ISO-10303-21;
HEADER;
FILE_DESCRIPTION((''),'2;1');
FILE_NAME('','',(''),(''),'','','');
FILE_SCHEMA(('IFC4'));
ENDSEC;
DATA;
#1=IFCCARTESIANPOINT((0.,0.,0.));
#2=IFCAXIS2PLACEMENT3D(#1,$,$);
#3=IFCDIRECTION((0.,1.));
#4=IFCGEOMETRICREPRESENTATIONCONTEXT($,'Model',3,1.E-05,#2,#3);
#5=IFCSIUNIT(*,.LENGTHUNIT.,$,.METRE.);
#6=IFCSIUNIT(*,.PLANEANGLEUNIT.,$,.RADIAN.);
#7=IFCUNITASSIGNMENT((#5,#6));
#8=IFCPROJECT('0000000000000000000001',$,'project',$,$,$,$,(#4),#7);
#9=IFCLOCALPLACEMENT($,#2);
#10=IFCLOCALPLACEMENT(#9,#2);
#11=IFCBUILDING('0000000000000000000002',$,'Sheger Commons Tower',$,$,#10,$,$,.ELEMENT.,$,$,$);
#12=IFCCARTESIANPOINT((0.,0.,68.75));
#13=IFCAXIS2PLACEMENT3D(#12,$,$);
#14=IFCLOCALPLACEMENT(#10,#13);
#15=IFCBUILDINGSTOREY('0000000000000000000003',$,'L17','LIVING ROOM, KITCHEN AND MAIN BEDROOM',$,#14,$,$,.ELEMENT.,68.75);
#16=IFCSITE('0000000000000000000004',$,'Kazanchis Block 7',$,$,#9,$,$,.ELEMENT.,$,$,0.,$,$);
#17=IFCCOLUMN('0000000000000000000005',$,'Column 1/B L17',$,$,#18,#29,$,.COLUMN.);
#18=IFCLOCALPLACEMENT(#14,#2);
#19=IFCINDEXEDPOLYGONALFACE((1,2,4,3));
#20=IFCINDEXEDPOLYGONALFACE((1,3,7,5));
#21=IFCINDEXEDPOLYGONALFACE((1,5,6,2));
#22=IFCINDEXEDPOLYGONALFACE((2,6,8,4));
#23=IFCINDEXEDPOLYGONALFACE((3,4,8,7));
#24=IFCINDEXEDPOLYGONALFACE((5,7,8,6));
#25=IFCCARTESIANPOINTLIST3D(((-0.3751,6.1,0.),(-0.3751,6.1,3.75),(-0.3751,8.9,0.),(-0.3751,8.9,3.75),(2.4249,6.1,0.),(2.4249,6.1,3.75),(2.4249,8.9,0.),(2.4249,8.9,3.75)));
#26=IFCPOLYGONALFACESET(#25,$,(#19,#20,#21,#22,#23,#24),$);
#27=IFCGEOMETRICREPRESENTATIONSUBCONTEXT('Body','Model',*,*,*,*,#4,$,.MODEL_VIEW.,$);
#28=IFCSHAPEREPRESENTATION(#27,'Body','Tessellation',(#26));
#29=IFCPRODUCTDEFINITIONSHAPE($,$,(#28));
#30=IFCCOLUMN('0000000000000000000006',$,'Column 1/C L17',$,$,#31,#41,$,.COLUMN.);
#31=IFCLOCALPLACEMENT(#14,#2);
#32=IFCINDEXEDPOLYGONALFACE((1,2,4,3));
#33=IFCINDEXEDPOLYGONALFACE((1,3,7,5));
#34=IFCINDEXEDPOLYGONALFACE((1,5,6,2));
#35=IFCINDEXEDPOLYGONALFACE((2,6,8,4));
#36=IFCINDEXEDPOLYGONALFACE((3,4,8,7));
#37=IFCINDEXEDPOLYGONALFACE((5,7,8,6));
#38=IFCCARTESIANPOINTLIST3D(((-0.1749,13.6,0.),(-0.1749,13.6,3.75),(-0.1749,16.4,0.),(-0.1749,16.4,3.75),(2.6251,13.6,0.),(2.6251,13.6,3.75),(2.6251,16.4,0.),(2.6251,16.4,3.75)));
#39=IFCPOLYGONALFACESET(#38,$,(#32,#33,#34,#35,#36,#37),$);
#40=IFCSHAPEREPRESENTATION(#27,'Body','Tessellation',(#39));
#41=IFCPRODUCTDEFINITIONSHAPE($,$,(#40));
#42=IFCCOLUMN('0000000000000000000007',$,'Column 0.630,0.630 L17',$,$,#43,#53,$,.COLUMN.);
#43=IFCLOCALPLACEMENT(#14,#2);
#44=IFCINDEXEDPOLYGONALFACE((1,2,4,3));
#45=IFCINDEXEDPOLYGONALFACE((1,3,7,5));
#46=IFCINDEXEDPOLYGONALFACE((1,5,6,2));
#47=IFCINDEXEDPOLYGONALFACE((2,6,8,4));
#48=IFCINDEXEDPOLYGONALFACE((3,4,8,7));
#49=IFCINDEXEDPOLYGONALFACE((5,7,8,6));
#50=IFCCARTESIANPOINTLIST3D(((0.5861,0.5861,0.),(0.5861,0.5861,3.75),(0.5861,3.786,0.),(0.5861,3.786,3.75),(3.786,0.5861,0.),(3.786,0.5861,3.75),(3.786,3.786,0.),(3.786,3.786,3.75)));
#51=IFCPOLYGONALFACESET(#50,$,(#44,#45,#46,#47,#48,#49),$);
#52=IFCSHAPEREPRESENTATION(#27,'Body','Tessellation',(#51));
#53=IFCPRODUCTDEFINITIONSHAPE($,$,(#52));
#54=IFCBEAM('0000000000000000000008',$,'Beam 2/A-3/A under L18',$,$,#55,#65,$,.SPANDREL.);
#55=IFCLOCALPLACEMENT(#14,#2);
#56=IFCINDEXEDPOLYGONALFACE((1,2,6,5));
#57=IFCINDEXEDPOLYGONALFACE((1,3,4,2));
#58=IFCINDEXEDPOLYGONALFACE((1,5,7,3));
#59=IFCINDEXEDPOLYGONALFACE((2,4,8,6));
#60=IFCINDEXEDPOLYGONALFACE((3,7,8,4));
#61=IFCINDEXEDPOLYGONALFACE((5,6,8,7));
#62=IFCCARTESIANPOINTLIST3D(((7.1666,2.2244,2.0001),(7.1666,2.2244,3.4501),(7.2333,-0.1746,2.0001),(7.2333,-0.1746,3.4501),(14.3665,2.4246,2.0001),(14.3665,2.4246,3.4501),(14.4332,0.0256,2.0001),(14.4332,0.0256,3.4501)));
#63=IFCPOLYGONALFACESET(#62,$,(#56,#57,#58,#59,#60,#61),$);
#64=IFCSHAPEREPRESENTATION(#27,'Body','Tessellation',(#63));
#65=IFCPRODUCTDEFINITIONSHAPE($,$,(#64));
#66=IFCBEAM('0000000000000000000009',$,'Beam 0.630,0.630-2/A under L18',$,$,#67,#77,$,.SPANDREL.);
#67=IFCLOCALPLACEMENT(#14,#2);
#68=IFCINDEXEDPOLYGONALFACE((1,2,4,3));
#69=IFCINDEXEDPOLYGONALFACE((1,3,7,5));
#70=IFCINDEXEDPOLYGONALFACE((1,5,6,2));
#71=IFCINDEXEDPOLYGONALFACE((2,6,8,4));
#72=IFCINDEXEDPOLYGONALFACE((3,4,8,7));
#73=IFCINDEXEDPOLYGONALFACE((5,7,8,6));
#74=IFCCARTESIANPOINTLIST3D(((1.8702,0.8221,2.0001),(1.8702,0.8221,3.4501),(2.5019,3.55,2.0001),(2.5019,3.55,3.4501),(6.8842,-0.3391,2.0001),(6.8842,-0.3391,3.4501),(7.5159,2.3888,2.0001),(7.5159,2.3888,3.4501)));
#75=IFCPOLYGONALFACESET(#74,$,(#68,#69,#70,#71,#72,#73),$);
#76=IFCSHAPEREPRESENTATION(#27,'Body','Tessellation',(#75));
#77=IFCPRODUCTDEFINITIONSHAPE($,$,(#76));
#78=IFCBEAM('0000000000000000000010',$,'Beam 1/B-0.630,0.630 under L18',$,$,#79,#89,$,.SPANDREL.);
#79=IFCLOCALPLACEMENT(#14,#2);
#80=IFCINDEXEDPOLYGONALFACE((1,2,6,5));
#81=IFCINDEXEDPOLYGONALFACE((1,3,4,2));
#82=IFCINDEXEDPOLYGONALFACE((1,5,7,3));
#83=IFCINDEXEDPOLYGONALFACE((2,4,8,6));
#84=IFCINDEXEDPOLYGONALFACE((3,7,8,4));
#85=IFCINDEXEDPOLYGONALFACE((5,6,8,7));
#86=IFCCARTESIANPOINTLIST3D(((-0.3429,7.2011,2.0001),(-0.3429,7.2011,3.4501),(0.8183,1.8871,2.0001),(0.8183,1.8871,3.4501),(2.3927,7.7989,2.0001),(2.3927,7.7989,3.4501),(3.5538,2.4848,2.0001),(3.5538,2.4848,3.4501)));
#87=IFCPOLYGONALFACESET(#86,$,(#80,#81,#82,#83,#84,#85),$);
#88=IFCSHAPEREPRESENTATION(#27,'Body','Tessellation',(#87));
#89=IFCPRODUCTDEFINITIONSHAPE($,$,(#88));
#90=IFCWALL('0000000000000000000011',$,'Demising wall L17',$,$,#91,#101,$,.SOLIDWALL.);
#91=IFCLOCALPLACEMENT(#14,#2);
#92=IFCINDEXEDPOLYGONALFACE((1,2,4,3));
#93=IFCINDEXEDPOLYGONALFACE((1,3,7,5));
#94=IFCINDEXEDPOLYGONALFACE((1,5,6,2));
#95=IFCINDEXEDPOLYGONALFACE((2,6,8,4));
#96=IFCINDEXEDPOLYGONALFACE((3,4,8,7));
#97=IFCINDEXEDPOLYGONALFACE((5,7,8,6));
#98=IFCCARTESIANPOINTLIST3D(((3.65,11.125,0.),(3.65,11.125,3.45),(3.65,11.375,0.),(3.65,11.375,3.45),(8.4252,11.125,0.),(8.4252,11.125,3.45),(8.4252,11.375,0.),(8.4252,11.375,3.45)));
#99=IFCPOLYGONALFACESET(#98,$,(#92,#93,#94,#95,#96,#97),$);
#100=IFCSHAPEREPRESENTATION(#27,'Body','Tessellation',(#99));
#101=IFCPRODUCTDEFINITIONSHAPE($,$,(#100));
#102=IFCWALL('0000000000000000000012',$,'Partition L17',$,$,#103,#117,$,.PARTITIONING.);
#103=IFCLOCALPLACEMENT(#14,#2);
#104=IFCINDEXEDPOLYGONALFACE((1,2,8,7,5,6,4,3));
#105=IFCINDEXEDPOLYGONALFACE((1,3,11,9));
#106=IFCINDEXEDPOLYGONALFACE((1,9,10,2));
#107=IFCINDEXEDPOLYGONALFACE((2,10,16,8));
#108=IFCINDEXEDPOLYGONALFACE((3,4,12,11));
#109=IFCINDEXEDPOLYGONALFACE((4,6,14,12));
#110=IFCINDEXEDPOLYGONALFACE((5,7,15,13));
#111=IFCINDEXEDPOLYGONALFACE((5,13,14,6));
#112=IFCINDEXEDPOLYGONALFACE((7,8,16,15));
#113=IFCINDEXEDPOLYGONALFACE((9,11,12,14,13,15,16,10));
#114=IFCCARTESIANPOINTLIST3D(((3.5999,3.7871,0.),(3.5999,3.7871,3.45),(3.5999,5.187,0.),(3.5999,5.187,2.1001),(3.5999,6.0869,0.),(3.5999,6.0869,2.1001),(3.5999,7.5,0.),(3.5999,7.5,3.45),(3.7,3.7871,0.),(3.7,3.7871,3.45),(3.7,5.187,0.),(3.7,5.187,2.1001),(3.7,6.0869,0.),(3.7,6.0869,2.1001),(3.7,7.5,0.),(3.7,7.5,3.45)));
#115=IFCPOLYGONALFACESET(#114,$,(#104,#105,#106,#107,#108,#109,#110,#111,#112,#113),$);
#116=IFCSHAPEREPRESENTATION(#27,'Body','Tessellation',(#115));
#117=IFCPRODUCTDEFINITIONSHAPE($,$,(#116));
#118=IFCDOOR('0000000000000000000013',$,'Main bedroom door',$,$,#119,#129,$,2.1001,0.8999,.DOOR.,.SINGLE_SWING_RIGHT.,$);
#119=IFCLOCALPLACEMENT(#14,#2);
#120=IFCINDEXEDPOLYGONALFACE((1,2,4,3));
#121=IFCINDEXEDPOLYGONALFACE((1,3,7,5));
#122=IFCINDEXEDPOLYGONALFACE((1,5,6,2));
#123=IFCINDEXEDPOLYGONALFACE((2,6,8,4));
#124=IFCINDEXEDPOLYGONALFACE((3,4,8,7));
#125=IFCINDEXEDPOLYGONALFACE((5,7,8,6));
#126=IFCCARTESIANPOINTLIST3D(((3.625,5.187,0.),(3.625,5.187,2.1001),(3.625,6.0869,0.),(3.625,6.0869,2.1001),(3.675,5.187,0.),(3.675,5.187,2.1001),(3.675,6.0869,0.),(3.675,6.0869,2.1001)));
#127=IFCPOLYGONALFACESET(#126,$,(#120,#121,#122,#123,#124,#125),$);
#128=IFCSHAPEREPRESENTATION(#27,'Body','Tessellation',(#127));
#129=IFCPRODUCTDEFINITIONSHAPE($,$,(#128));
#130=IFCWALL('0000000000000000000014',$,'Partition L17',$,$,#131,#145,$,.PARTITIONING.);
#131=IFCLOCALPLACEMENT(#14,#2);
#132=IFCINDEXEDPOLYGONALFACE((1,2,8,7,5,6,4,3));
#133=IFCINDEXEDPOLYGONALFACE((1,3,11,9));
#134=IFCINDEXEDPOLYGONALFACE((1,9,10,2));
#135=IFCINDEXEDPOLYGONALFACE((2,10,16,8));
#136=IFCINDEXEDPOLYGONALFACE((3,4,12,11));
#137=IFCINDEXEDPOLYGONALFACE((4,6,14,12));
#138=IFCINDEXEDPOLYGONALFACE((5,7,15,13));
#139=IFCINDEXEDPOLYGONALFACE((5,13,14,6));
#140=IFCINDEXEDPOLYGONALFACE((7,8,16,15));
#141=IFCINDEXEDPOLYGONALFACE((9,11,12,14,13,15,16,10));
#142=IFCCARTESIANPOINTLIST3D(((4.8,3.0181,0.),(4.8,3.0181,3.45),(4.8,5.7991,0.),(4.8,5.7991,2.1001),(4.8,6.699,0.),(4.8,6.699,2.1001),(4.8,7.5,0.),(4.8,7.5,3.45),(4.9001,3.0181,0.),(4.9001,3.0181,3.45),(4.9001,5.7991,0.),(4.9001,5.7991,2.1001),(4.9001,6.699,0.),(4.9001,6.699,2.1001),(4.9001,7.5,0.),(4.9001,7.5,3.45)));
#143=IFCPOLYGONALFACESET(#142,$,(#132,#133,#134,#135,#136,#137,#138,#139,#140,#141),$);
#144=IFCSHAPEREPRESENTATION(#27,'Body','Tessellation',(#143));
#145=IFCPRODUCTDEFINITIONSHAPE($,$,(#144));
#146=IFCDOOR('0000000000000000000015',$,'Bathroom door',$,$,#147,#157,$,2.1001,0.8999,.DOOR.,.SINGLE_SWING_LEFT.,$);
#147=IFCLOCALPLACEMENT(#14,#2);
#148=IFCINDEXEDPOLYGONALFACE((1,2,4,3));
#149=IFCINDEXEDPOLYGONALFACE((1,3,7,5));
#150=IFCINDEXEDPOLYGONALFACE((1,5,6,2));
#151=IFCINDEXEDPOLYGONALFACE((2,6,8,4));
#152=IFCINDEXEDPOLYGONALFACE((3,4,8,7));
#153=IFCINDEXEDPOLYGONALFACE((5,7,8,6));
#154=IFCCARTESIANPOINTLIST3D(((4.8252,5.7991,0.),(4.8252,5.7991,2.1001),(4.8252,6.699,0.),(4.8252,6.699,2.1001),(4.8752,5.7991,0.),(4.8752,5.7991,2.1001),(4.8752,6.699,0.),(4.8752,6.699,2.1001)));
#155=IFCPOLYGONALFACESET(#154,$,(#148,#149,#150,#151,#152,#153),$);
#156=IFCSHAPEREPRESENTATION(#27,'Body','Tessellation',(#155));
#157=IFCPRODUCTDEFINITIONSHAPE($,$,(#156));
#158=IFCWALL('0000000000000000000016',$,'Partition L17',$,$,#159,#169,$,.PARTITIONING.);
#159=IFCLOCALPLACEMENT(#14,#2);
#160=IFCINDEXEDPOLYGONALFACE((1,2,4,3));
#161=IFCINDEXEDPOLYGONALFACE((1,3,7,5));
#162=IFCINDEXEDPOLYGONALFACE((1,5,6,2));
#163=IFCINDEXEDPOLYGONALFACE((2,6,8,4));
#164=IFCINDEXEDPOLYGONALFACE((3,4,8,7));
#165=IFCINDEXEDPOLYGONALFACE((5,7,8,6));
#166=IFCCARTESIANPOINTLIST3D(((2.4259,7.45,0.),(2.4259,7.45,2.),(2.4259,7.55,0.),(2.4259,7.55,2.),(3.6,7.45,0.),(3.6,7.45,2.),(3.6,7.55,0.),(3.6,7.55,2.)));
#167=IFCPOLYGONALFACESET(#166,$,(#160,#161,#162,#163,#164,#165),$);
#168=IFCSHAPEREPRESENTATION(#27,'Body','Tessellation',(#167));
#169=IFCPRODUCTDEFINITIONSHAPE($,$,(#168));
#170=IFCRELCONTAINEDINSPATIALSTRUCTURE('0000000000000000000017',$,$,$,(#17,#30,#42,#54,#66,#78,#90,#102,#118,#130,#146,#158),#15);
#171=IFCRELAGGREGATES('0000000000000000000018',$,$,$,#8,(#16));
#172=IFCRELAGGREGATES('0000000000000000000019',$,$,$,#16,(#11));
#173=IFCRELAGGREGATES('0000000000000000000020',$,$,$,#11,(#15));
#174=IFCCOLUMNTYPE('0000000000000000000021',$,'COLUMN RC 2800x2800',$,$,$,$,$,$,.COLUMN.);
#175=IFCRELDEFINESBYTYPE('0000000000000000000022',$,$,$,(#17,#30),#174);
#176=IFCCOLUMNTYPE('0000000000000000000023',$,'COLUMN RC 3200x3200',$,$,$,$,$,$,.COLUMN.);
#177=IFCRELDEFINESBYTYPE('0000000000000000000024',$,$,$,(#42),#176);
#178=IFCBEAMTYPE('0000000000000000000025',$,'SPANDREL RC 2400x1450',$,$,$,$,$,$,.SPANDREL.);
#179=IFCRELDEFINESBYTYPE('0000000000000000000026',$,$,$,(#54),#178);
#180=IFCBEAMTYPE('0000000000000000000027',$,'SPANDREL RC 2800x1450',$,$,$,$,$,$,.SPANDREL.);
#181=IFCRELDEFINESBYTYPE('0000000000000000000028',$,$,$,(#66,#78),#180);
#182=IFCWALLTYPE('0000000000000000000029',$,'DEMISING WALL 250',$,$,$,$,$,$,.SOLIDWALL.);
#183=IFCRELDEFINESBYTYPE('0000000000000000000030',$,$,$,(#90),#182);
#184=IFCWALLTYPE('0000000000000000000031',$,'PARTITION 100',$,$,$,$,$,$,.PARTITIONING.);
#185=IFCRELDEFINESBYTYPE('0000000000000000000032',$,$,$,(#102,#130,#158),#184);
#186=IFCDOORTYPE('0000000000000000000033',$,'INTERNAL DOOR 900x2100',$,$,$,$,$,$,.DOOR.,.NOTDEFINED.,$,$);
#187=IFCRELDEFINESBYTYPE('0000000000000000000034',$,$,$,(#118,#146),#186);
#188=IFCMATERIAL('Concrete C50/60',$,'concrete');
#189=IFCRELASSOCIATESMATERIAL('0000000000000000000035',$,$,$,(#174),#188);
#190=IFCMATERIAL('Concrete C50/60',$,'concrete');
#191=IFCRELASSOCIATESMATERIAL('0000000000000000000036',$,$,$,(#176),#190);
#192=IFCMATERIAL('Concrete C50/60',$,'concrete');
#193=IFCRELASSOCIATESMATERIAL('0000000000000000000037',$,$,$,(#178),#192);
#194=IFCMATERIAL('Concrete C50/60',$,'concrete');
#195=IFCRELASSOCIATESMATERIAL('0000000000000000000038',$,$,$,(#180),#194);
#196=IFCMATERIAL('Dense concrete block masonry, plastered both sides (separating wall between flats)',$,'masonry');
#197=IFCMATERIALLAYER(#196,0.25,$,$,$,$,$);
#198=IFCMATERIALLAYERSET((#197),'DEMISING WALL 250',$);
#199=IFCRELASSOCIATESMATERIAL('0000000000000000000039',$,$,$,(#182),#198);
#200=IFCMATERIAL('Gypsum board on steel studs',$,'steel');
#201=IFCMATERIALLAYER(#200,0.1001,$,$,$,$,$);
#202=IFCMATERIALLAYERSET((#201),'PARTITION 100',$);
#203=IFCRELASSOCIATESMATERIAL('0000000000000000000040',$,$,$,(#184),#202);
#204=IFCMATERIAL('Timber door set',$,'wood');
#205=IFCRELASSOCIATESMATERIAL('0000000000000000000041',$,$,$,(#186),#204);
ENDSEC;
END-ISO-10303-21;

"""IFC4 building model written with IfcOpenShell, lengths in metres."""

from ifc_helpers import new_model, si_unit, direction, frame, frame_2d, origin, origin_2d, place, context, subcontext, project, spatial, rectangle, extrude, material, layer, layer_set, material_profile, profile_set, type_object, element, fill, save


model = new_model("IFC4")

# Units and contexts
model_context = context("Model", 3, precision=1e-05, world=origin(), true_north=direction((0.0, 1.0)))
body_context = subcontext(model_context, "Body", "Model", "MODEL_VIEW")
ifc_project = project(units=[si_unit("LENGTHUNIT", "METRE"), si_unit("PLANEANGLEUNIT", "RADIAN")], contexts=[model_context])

# Site, building, storey
site_placement = place(None, origin())
site = spatial("IfcSite", under=ifc_project, at=site_placement, Name="Kazanchis Block 7", CompositionType="ELEMENT", RefElevation=0.0)
building_placement = place(site_placement, origin())
building = spatial("IfcBuilding", under=site, at=building_placement, Name="Sheger Commons Tower", CompositionType="ELEMENT")
storey_placement = place(building_placement, frame((0.0, 0.0, 68.75)))
storey = spatial("IfcBuildingStorey", under=building, at=storey_placement, Name="L17", Description="LIVING ROOM, KITCHEN AND MAIN BEDROOM", CompositionType="ELEMENT", Elevation=68.75)

# Columns
ifc_material_1 = material(Name="Concrete C50/60", Category="concrete")
ifc_material_profile_1 = material_profile(ifc_material_1, rectangle(XDim=2.8, YDim=2.8, at=origin_2d()), Name="RC 2800x2800")
ifc_profile_set_1 = profile_set([ifc_material_profile_1], Name="Concrete C50/60")
column_type_1 = type_object("IfcColumnType", Name="COLUMN RC 2800x2800", PredefinedType="COLUMN", material=ifc_profile_set_1)
for number, where, z_axis, x_axis, name in (
    (1, (1.0249, 7.5, 0.0), (0.0, 0.0, 1.0), (1.0, 0.0, 0.0), "Column 1/B L17"),
    (2, (1.2251, 15.0, 0.0), (0.0, 0.0, 1.0), (1.0, 0.0, 0.0), "Column 1/C L17"),
):
    element("IfcColumn", number, at=place(storey_placement, frame(where, z_axis=z_axis, x_axis=x_axis)), inside=storey, type_object=column_type_1, Name=name, PredefinedType="COLUMN", context=body_context, shape_type="SweptSolid", body=[
        extrude(rectangle(XDim=2.8, YDim=2.8, at=origin_2d()), origin(), (0.0, 0.0, 1.0), 3.75),
    ])
ifc_material_2 = material(Name="Concrete C50/60", Category="concrete")
ifc_material_profile_2 = material_profile(ifc_material_2, rectangle(XDim=3.2, YDim=3.2, at=origin_2d()), Name="RC 3200x3200")
ifc_profile_set_2 = profile_set([ifc_material_profile_2], Name="Concrete C50/60")
column_type_2 = type_object("IfcColumnType", Name="COLUMN RC 3200x3200", PredefinedType="COLUMN", material=ifc_profile_set_2)
column_placement = place(storey_placement, frame((2.186, 2.186, 0.0), z_axis=(0.0, 0.0, 1.0), x_axis=(1.0, 0.0, 0.0)))
element("IfcColumn", 3, at=column_placement, inside=storey, type_object=column_type_2, Name="Column 0.630,0.630 L17", PredefinedType="COLUMN", context=body_context, shape_type="SweptSolid", body=[
    extrude(rectangle(XDim=3.2, YDim=3.2, at=origin_2d()), origin(), (0.0, 0.0, 1.0), 3.75),
])

# Beams
ifc_material_3 = material(Name="Concrete C50/60", Category="concrete")
ifc_material_profile_3 = material_profile(ifc_material_3, rectangle(XDim=2.3999, YDim=1.45, at=origin_2d()), Name="RC 2400x1450")
ifc_profile_set_3 = profile_set([ifc_material_profile_3], Name="Concrete C50/60")
beam_type_1 = type_object("IfcBeamType", Name="SPANDREL RC 2400x1450", PredefinedType="SPANDREL", material=ifc_profile_set_3)
beam_1_placement = place(storey_placement, frame((7.2, 1.0249, 2.7251), z_axis=(0.999614, 0.027794, 0.0), x_axis=(-0.027794, 0.999614, 0.0)))
element("IfcBeam", 4, at=beam_1_placement, inside=storey, type_object=beam_type_1, Name="Beam 2/A-3/A under L18", PredefinedType="SPANDREL", context=body_context, shape_type="SweptSolid", body=[
    extrude(rectangle(XDim=2.3999, YDim=1.45, at=origin_2d()), origin(), (0.0, 0.0, 1.0), 7.2026),
])
ifc_material_4 = material(Name="Concrete C50/60", Category="concrete")
ifc_material_profile_4 = material_profile(ifc_material_4, rectangle(XDim=2.8, YDim=1.45, at=origin_2d()), Name="RC 2800x1450")
ifc_profile_set_4 = profile_set([ifc_material_profile_4], Name="Concrete C50/60")
beam_type_2 = type_object("IfcBeamType", Name="SPANDREL RC 2800x1450", PredefinedType="SPANDREL", material=ifc_profile_set_4)
beam_2_placement = place(storey_placement, frame((2.186, 2.186, 2.7251), z_axis=(0.974217, -0.225611, 0.0), x_axis=(0.225611, 0.974217, 0.0)))
element("IfcBeam", 5, at=beam_2_placement, inside=storey, type_object=beam_type_2, Name="Beam 0.630,0.630-2/A under L18", PredefinedType="SPANDREL", context=body_context, shape_type="SweptSolid", body=[
    extrude(rectangle(XDim=2.8, YDim=1.45, at=origin_2d()), origin(), (0.0, 0.0, 1.0), 5.1467),
])
beam_3_placement = place(storey_placement, frame((1.0249, 7.5, 2.7251), z_axis=(0.213469, -0.97695, 0.0), x_axis=(0.97695, 0.213469, 0.0)))
element("IfcBeam", 6, at=beam_3_placement, inside=storey, type_object=beam_type_2, Name="Beam 1/B-0.630,0.630 under L18", PredefinedType="SPANDREL", context=body_context, shape_type="SweptSolid", body=[
    extrude(rectangle(XDim=2.8, YDim=1.45, at=origin_2d()), origin(), (0.0, 0.0, 1.0), 5.4395),
])

# Wall
ifc_material_5 = material(Name="Dense concrete block masonry, plastered both sides (separating wall between flats)", Category="masonry")
ifc_layer_1 = layer(ifc_material_5, 0.25)
ifc_layer_set_1 = layer_set([ifc_layer_1], Name="DEMISING WALL 250")
wall_type_1 = type_object("IfcWallType", Name="DEMISING WALL 250", PredefinedType="SOLIDWALL", material=ifc_layer_set_1)
wall_1_placement = place(storey_placement, frame((3.6499, 11.25, 0.0), z_axis=(0.0, 0.0, 1.0), x_axis=(1.0, 0.0, 0.0)))
element("IfcWall", 7, at=wall_1_placement, inside=storey, type_object=wall_type_1, Name="Demising wall L17", PredefinedType="SOLIDWALL", context=body_context, shape_type="SweptSolid", body=[
    extrude(rectangle(XDim=4.7751, YDim=0.25, at=frame_2d((2.3877, 0.0))), origin(), (0.0, 0.0, 1.0), 3.45),
])

# Walls, openings, doors
ifc_material_6 = material(Name="Gypsum board on steel studs", Category="steel")
ifc_layer_2 = layer(ifc_material_6, 0.1001)
ifc_layer_set_2 = layer_set([ifc_layer_2], Name="PARTITION 100")
wall_type_2 = type_object("IfcWallType", Name="PARTITION 100", PredefinedType="PARTITIONING", material=ifc_layer_set_2)
wall_2_placement = place(storey_placement, frame((3.6499, 3.7871, 0.0), z_axis=(0.0, 0.0, 1.0), x_axis=(0.0, 1.0, 0.0)))
wall_2 = element("IfcWall", 8, at=wall_2_placement, inside=storey, type_object=wall_type_2, Name="Partition L17", PredefinedType="PARTITIONING", context=body_context, shape_type="SweptSolid", body=[
    extrude(rectangle(XDim=3.7129, YDim=0.1001, at=frame_2d((1.8564, 0.0))), origin(), (0.0, 0.0, 1.0), 3.45),
])
opening_1_placement = place(wall_2_placement, frame((1.3999, 0.0, 0.0)))
opening_1 = element("IfcOpeningElement", 9, at=opening_1_placement, cuts=wall_2, PredefinedType="OPENING", context=body_context, shape_type="SweptSolid", body=[
    extrude(rectangle(XDim=0.8999, YDim=2.1001, at=frame_2d((0.45, 1.05))), frame((0.0, 0.0601, 0.0), z_axis=(0.0, -1.0, 0.0), x_axis=(1.0, 0.0, 0.0)), (0.0, 0.0, 1.0), 0.1201),
])
ifc_material_7 = material(Name="Timber door set", Category="wood")
door_type = type_object("IfcDoorType", Name="INTERNAL DOOR 900x2100", OperationType="NOTDEFINED", PredefinedType="DOOR", material=ifc_material_7)
door_1_placement = place(opening_1_placement, origin())
door_1 = element("IfcDoor", 10, at=door_1_placement, inside=storey, type_object=door_type, Name="Main bedroom door", OperationType="SINGLE_SWING_RIGHT", OverallHeight=2.1001, OverallWidth=0.8999, PredefinedType="DOOR", context=body_context, shape_type="SweptSolid", body=[
    extrude(rectangle(XDim=0.8999, YDim=2.1001, at=frame_2d((0.45, 1.05))), frame((0.0, 0.0249, 0.0), z_axis=(0.0, -1.0, 0.0), x_axis=(1.0, 0.0, 0.0)), (0.0, 0.0, 1.0), 0.05),
])
fill(opening_1, door_1)
wall_3_placement = place(storey_placement, frame((4.8501, 3.0181, 0.0), z_axis=(0.0, 0.0, 1.0), x_axis=(0.0, 1.0, 0.0)))
wall_3 = element("IfcWall", 11, at=wall_3_placement, inside=storey, type_object=wall_type_2, Name="Partition L17", PredefinedType="PARTITIONING", context=body_context, shape_type="SweptSolid", body=[
    extrude(rectangle(XDim=4.4819, YDim=0.1001, at=frame_2d((2.241, 0.0))), origin(), (0.0, 0.0, 1.0), 3.45),
])
opening_2_placement = place(wall_3_placement, frame((2.781, 0.0, 0.0)))
opening_2 = element("IfcOpeningElement", 12, at=opening_2_placement, cuts=wall_3, PredefinedType="OPENING", context=body_context, shape_type="SweptSolid", body=[
    extrude(rectangle(XDim=0.8999, YDim=2.1001, at=frame_2d((0.45, 1.05))), frame((0.0, 0.0601, 0.0), z_axis=(0.0, -1.0, 0.0), x_axis=(1.0, 0.0, 0.0)), (0.0, 0.0, 1.0), 0.1201),
])
door_2_placement = place(opening_2_placement, origin())
door_2 = element("IfcDoor", 13, at=door_2_placement, inside=storey, type_object=door_type, Name="Bathroom door", OperationType="SINGLE_SWING_LEFT", OverallHeight=2.1001, OverallWidth=0.8999, PredefinedType="DOOR", context=body_context, shape_type="SweptSolid", body=[
    extrude(rectangle(XDim=0.8999, YDim=2.1001, at=frame_2d((0.45, 1.05))), frame((0.0, 0.0249, 0.0), z_axis=(0.0, -1.0, 0.0), x_axis=(1.0, 0.0, 0.0)), (0.0, 0.0, 1.0), 0.05),
])
fill(opening_2, door_2)

# Wall
wall_4_placement = place(storey_placement, frame((2.426, 7.5, 0.0), z_axis=(0.0, 0.0, 1.0), x_axis=(1.0, 0.0, 0.0)))
element("IfcWall", 14, at=wall_4_placement, inside=storey, type_object=wall_type_2, Name="Partition L17", PredefinedType="PARTITIONING", context=body_context, shape_type="SweptSolid", body=[
    extrude(rectangle(XDim=1.1741, YDim=0.1001, at=frame_2d((0.5869, 0.0))), origin(), (0.0, 0.0, 1.0), 2.0),
])

save(model, "model.ifc")
